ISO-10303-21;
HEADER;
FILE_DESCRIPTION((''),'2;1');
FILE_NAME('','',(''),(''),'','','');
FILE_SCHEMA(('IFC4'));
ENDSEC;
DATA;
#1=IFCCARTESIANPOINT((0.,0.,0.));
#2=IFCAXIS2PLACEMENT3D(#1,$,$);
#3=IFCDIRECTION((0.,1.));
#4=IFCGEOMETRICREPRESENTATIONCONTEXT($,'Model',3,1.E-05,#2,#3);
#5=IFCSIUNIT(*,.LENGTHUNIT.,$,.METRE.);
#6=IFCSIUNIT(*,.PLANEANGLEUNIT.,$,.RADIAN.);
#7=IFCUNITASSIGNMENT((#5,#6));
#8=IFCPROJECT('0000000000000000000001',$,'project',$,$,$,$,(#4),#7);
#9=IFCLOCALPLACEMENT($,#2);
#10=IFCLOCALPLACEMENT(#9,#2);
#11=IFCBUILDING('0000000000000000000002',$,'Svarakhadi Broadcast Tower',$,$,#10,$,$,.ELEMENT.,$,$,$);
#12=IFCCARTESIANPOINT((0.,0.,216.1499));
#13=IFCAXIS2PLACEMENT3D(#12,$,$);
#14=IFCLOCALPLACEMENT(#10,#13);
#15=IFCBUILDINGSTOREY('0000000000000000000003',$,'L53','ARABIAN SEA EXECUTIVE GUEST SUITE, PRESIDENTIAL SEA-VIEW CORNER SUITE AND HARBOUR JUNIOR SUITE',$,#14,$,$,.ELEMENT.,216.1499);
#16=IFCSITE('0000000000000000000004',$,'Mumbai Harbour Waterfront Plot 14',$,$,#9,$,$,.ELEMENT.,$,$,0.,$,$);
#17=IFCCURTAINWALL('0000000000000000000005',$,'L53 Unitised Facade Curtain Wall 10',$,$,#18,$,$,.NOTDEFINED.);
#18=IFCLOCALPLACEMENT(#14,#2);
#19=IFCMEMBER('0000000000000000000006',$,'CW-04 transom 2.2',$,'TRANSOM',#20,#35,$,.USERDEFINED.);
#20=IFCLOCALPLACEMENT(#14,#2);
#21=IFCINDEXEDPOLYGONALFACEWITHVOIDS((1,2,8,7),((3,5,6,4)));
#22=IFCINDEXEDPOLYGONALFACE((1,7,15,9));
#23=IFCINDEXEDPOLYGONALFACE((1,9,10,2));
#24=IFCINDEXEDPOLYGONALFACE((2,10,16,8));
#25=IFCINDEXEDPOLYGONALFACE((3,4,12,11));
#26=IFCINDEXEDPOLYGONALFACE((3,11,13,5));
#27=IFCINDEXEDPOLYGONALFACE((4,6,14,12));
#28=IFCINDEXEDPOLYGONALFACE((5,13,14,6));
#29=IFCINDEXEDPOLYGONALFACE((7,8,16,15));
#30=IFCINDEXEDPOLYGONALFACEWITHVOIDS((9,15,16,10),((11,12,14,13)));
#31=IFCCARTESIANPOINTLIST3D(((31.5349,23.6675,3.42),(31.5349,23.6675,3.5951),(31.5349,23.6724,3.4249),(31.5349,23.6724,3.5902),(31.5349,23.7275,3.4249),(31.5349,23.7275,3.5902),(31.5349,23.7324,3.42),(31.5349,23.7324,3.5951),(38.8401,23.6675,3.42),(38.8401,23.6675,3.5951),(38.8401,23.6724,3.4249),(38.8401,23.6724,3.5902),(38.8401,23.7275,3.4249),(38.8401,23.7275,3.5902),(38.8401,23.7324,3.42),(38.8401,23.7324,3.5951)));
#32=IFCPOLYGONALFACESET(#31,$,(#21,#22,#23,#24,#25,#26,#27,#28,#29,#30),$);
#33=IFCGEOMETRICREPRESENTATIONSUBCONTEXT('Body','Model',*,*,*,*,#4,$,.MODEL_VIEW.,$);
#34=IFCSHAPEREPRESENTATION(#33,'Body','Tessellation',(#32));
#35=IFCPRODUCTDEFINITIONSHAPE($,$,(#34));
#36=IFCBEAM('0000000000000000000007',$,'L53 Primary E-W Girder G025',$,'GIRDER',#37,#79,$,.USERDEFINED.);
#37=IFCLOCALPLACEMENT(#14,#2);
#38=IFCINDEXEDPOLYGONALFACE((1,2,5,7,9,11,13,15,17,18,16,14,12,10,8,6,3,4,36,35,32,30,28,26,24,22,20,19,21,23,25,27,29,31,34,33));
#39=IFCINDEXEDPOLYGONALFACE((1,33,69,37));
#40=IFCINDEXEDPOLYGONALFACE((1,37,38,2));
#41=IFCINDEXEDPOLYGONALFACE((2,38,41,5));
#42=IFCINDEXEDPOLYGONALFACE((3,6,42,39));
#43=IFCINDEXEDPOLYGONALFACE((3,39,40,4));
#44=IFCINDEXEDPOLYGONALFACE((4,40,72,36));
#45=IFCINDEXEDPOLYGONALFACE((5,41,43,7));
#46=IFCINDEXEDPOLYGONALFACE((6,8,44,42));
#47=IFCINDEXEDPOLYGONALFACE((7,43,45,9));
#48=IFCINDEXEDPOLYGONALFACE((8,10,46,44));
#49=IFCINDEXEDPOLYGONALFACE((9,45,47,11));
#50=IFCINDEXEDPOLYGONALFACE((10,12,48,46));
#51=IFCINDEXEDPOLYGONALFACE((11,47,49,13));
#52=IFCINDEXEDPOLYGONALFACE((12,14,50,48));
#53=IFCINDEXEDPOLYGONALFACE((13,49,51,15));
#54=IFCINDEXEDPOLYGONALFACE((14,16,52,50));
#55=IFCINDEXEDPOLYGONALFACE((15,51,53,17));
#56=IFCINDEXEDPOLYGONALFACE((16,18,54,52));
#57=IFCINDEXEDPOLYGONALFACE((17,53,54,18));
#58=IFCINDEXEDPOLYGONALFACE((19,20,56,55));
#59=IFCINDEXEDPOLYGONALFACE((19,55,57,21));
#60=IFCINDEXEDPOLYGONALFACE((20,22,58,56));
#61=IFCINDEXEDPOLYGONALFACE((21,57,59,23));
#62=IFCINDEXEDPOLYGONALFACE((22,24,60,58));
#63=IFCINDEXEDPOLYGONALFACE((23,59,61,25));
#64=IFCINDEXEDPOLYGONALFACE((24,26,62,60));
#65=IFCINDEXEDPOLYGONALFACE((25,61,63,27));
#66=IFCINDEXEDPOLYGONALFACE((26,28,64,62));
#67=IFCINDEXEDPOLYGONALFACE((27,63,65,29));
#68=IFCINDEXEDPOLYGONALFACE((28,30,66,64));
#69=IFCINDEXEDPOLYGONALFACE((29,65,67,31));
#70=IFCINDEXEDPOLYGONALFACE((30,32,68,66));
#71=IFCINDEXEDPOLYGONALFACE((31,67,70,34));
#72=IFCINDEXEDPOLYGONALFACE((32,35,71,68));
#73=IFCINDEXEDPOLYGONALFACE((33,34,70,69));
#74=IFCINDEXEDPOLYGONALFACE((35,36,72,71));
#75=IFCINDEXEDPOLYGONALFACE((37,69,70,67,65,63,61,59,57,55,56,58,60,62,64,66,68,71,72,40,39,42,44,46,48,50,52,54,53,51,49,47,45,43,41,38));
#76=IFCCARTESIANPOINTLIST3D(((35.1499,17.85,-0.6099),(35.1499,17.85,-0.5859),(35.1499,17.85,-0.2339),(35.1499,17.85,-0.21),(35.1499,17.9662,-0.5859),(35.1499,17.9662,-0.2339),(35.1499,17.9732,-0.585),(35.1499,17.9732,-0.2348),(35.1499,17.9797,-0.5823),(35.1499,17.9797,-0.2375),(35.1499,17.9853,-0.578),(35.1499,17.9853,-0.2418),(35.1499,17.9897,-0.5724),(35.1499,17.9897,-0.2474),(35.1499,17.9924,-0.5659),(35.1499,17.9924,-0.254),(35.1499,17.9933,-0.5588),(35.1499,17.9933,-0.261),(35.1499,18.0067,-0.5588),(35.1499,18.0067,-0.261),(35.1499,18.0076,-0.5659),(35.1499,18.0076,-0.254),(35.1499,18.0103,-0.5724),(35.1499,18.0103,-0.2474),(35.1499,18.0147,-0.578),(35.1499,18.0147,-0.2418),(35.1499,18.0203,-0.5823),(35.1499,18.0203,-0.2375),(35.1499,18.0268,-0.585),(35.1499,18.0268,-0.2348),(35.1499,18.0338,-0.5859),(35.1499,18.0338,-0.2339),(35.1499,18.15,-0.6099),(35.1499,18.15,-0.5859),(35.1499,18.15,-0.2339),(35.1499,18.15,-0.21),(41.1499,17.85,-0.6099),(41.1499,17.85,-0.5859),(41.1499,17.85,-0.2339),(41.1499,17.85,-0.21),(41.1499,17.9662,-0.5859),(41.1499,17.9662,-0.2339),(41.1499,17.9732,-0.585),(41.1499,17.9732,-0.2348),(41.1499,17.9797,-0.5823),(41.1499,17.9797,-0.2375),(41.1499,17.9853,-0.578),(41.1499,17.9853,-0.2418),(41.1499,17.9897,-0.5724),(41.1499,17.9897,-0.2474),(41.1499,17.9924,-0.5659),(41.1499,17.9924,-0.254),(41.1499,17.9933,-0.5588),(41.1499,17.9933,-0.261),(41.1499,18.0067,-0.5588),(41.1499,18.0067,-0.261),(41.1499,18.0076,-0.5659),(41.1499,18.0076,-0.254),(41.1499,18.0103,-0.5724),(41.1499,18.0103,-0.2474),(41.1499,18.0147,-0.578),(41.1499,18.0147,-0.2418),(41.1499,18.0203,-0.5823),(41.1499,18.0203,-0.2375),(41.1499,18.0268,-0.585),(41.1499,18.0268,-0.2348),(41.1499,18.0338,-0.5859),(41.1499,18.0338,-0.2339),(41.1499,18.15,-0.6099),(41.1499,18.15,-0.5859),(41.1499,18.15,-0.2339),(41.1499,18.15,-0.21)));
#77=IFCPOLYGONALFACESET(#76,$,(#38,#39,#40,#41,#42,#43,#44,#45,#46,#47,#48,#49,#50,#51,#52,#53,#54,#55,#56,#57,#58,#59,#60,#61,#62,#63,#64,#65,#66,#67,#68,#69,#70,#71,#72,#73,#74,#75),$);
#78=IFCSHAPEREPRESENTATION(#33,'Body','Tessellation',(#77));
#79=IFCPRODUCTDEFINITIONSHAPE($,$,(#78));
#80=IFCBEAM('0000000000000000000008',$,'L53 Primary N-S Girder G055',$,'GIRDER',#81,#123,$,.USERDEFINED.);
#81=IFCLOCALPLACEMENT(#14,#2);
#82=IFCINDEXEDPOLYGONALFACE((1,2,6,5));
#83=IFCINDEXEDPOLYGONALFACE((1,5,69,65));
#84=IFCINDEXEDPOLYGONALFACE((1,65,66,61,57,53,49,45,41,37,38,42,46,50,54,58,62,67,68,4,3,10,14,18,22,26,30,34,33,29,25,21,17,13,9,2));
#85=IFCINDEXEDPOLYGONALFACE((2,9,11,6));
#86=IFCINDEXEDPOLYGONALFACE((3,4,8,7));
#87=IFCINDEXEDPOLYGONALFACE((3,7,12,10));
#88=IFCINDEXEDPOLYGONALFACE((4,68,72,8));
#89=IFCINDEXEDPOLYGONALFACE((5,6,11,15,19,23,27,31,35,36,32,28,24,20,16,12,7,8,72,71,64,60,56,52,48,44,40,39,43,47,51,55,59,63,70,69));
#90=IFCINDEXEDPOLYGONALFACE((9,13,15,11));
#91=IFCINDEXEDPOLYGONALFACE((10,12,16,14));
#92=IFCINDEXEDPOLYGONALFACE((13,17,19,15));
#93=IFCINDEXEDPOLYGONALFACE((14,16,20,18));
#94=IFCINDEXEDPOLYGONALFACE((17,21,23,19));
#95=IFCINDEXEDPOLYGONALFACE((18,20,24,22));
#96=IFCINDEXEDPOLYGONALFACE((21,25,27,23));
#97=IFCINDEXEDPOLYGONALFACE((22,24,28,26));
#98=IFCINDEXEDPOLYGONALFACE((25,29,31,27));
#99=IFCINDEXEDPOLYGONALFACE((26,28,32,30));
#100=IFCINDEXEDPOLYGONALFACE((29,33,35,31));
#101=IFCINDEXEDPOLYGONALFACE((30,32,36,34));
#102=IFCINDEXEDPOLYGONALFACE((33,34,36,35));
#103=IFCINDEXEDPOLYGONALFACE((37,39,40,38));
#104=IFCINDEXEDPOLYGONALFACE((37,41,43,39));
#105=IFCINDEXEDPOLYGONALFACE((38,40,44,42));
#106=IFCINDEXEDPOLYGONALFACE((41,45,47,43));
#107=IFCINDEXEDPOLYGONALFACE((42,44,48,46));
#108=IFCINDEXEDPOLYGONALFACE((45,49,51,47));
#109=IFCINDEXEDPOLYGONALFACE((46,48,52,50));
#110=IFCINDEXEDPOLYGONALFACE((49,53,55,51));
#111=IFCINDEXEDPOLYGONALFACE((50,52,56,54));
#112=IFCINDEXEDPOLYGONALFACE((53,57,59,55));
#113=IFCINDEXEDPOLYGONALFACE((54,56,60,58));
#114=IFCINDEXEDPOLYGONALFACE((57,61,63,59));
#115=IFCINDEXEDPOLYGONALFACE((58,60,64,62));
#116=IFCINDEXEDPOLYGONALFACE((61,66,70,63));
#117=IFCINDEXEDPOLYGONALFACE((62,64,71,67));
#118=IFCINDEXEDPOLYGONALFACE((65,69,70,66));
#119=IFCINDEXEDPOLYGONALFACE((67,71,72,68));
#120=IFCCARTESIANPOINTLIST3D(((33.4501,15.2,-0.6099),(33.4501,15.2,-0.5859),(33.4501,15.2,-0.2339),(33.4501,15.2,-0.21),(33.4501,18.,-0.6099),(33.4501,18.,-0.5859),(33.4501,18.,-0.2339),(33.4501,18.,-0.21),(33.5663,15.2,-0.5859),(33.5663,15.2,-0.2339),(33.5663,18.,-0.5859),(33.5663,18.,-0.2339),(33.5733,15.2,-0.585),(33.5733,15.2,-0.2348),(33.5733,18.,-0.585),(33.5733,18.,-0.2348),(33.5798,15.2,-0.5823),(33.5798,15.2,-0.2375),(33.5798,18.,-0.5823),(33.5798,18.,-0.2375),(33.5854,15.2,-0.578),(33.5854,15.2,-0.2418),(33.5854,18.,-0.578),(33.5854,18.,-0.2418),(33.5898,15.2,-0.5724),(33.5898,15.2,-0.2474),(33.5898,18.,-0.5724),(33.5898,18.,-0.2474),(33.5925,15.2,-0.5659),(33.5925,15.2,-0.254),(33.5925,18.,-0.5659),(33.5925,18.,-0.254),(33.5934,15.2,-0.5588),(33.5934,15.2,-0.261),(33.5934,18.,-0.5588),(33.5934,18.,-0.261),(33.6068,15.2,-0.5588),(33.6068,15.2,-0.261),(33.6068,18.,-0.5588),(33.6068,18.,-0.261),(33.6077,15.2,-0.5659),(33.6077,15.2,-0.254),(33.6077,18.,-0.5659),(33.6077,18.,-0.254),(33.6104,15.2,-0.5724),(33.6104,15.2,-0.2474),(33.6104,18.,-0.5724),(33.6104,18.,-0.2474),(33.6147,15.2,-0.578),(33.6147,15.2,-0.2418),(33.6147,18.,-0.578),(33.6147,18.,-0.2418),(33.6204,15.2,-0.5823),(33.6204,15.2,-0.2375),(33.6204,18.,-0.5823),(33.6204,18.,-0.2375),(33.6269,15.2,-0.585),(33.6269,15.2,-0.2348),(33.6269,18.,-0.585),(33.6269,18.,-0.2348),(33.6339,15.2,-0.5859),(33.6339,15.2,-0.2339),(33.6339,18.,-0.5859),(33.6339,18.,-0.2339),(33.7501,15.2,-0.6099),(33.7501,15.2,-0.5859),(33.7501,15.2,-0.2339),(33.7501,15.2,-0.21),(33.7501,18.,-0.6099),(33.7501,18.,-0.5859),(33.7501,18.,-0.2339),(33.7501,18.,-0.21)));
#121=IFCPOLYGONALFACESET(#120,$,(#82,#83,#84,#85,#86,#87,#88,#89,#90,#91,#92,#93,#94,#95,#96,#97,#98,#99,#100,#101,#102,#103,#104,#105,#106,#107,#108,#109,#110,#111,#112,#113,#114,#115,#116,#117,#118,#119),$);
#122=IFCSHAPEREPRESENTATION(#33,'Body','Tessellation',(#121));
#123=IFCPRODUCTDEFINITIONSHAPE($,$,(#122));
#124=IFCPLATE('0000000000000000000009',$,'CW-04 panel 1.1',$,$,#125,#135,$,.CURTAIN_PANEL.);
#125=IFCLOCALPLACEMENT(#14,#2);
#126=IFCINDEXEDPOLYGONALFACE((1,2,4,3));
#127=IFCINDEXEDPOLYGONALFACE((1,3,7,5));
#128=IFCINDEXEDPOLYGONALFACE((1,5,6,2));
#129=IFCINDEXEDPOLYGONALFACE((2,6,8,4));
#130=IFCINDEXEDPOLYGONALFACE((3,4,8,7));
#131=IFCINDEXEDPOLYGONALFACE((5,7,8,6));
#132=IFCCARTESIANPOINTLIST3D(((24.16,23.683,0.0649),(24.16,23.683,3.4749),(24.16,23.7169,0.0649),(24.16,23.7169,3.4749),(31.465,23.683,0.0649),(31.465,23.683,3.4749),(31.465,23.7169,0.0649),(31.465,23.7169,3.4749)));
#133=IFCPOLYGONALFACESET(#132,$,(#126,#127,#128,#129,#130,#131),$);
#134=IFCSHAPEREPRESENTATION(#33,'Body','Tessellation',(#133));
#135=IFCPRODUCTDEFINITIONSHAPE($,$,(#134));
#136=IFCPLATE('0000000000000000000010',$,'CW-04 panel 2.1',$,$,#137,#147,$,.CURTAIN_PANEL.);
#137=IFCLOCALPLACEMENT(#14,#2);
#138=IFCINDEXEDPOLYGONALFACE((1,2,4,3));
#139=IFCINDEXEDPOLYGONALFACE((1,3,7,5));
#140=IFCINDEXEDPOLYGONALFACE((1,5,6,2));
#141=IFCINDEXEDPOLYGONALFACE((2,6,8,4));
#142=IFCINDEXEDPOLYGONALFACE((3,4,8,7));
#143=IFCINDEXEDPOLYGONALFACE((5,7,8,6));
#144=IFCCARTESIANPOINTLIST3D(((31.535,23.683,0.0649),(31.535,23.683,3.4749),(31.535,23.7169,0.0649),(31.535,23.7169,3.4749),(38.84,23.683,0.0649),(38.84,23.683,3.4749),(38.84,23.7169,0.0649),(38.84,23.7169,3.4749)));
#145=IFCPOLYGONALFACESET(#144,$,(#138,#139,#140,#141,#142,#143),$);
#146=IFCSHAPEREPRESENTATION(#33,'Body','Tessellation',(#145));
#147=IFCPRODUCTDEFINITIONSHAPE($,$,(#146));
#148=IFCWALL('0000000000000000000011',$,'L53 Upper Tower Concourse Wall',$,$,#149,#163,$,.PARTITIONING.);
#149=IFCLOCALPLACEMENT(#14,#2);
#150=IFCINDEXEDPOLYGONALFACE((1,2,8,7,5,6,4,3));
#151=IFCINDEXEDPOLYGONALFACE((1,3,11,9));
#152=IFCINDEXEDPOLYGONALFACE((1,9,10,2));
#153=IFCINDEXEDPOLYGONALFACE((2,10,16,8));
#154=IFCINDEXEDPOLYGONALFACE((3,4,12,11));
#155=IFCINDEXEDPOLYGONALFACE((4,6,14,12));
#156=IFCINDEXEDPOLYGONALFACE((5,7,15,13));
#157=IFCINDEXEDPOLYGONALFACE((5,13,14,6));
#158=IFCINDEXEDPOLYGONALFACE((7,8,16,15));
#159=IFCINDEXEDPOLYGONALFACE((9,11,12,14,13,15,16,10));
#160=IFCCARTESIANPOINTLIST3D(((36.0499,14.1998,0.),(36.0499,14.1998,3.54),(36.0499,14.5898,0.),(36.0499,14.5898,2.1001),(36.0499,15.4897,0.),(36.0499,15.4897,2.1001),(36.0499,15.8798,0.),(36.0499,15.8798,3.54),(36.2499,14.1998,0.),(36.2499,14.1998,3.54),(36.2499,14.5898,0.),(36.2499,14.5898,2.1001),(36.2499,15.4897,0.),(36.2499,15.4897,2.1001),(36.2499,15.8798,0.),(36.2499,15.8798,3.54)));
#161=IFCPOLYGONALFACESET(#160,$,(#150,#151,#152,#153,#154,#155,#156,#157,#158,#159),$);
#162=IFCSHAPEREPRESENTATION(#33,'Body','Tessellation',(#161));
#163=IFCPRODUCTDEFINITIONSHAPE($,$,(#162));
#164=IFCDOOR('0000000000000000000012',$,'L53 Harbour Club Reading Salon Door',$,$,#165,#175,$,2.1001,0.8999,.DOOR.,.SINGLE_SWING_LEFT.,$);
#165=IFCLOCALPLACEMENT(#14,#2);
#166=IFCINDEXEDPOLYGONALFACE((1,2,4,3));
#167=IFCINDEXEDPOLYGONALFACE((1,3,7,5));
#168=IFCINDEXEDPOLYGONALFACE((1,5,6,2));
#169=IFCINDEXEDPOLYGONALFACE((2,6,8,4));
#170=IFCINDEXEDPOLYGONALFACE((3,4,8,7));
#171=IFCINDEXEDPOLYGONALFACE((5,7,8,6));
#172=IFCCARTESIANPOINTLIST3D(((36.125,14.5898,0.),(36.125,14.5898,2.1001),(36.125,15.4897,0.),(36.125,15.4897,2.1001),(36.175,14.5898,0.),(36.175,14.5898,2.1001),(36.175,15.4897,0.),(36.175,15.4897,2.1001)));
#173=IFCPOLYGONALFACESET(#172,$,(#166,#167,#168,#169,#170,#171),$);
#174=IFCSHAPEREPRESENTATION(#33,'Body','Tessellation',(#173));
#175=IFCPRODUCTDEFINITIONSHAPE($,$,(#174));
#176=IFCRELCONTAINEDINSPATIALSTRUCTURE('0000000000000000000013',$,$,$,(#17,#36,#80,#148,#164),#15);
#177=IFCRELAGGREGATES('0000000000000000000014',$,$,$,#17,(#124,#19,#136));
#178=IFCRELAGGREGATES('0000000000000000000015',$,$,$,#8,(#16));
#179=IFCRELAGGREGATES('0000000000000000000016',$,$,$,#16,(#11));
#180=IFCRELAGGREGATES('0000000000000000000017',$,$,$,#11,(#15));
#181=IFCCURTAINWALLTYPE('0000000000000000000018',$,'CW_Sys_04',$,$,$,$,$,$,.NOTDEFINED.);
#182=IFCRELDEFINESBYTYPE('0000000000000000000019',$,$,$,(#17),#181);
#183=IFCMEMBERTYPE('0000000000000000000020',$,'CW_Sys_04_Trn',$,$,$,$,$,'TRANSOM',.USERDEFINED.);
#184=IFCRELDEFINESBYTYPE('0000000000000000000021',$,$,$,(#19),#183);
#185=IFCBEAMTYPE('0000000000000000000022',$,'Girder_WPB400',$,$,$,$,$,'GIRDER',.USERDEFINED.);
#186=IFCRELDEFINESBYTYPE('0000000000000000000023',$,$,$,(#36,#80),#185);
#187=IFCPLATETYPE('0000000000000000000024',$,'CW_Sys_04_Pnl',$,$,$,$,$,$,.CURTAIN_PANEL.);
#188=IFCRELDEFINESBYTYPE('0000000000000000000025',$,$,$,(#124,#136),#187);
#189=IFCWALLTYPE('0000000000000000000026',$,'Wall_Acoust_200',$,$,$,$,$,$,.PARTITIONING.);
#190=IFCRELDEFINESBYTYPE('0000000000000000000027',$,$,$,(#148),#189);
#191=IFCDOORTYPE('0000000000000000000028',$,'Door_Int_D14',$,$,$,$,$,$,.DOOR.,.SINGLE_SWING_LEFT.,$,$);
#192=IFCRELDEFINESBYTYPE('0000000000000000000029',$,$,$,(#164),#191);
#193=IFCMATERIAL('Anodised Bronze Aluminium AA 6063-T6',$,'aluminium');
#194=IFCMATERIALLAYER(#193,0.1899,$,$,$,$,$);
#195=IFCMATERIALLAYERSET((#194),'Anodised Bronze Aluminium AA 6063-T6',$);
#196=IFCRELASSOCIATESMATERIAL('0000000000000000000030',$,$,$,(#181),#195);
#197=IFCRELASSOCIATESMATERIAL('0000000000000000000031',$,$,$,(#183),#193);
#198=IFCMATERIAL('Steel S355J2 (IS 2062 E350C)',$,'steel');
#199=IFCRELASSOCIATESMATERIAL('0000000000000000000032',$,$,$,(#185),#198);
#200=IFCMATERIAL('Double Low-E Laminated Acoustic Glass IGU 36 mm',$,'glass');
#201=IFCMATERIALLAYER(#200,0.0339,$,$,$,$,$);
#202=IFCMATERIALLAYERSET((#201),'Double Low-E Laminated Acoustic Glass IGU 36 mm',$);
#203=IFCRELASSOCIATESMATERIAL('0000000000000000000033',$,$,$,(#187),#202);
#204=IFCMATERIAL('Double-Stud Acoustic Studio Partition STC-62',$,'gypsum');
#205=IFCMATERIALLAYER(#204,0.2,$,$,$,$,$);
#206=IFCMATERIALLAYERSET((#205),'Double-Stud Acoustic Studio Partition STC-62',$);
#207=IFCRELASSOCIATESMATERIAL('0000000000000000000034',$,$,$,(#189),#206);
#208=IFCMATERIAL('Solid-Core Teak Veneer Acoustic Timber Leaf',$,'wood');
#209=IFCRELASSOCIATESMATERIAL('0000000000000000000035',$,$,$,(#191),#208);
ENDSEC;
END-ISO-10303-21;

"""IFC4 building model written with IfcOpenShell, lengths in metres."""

from ifc_helpers import new_model, si_unit, direction, frame, frame_2d, origin, origin_2d, place, context, subcontext, project, spatial, rectangle, hollow_rectangle, i_section, extrude, material, layer, layer_set, material_profile, profile_set, type_object, element, fill, aggregate, save


model = new_model("IFC4")

# Units and contexts
model_context = context("Model", 3, precision=1e-05, world=origin(), true_north=direction((0.0, 1.0)))
body_context = subcontext(model_context, "Body", "Model", "MODEL_VIEW")
ifc_project = project(units=[si_unit("LENGTHUNIT", "METRE"), si_unit("PLANEANGLEUNIT", "RADIAN")], contexts=[model_context])

# Site, building, storey
site_placement = place(None, origin())
site = spatial("IfcSite", under=ifc_project, at=site_placement, Name="Mumbai Harbour Waterfront Plot 14", CompositionType="ELEMENT", RefElevation=0.0)
building_placement = place(site_placement, origin())
building = spatial("IfcBuilding", under=site, at=building_placement, Name="Svarakhadi Broadcast Tower", CompositionType="ELEMENT")
storey_placement = place(building_placement, frame((0.0, 0.0, 216.1499)))
storey = spatial("IfcBuildingStorey", under=building, at=storey_placement, Name="L53", Description="ARABIAN SEA EXECUTIVE GUEST SUITE, PRESIDENTIAL SEA-VIEW CORNER SUITE AND HARBOUR JUNIOR SUITE", CompositionType="ELEMENT", Elevation=216.1499)

# Shared definitions
ifc_material_1 = material(Name="Steel S355J2 (IS 2062 E350C)", Category="steel")

# Curtain wall, member
ifc_material_2 = material(Name="Anodised Bronze Aluminium AA 6063-T6", Category="aluminium")
ifc_layer_1 = layer(ifc_material_2, 0.1899)
ifc_layer_set_1 = layer_set([ifc_layer_1], Name="Anodised Bronze Aluminium AA 6063-T6")
curtain_wall_type = type_object("IfcCurtainWallType", Name="CW_Sys_04", PredefinedType="NOTDEFINED", material=ifc_layer_set_1)
curtain_wall_placement = place(storey_placement, origin())
curtain_wall = element("IfcCurtainWall", 1, at=curtain_wall_placement, inside=storey, type_object=curtain_wall_type, Name="L53 Unitised Facade Curtain Wall 10", PredefinedType="NOTDEFINED")
ifc_material_profile_1 = material_profile(ifc_material_2, hollow_rectangle(XDim=0.0649, YDim=0.175, WallThickness=0.0049, at=origin_2d()), Name="ALU TRANSOM 175x65x5")
ifc_profile_set_1 = profile_set([ifc_material_profile_1], Name="Anodised Bronze Aluminium AA 6063-T6")
member_type_1 = type_object("IfcMemberType", Name="CW_Sys_04_Trn", ElementType="TRANSOM", PredefinedType="USERDEFINED", material=ifc_profile_set_1)
member_1_placement = place(storey_placement, frame((31.5349, 23.7, 3.5076), z_axis=(1.0, 0.0, 0.0), x_axis=(0.0, 1.0, 0.0)))
member_1 = element("IfcMember", 2, at=member_1_placement, type_object=member_type_1, Name="CW-04 transom 2.2", ObjectType="TRANSOM", PredefinedType="USERDEFINED", context=body_context, shape_type="SweptSolid", body=[
    extrude(hollow_rectangle(XDim=0.0649, YDim=0.175, WallThickness=0.0049, at=origin_2d()), origin(), (0.0, 0.0, 1.0), 7.3052),
])

# Beams
ifc_material_profile_2 = material_profile(ifc_material_1, i_section(OverallWidth=0.3, OverallDepth=0.3999, WebThickness=0.0134, FlangeThickness=0.0239, FilletRadius=0.0271, at=origin_2d()), Name="WPB 400x300x155")
ifc_profile_set_2 = profile_set([ifc_material_profile_2], Name="Steel S355J2 (IS 2062 E350C)")
beam_type_1 = type_object("IfcBeamType", Name="Girder_WPB400", ElementType="GIRDER", PredefinedType="USERDEFINED", material=ifc_profile_set_2)
beam_1_placement = place(storey_placement, frame((35.1499, 18.0, -0.4099), z_axis=(1.0, 0.0, 0.0), x_axis=(0.0, 1.0, 0.0)))
element("IfcBeam", 3, at=beam_1_placement, inside=storey, type_object=beam_type_1, Name="L53 Primary E-W Girder G025", ObjectType="GIRDER", PredefinedType="USERDEFINED", context=body_context, shape_type="SweptSolid", body=[
    extrude(i_section(OverallWidth=0.3, OverallDepth=0.3999, WebThickness=0.0134, FlangeThickness=0.0239, FilletRadius=0.0271, at=origin_2d()), origin(), (0.0, 0.0, 1.0), 6.0),
])
beam_2_placement = place(storey_placement, frame((33.6001, 15.2, -0.4099), z_axis=(0.0, 1.0, 0.0), x_axis=(-1.0, 0.0, 0.0)))
element("IfcBeam", 4, at=beam_2_placement, inside=storey, type_object=beam_type_1, Name="L53 Primary N-S Girder G055", ObjectType="GIRDER", PredefinedType="USERDEFINED", context=body_context, shape_type="SweptSolid", body=[
    extrude(i_section(OverallWidth=0.3, OverallDepth=0.3999, WebThickness=0.0134, FlangeThickness=0.0239, FilletRadius=0.0271, at=origin_2d()), origin(), (0.0, 0.0, 1.0), 2.8),
])

# Plates
ifc_material_3 = material(Name="Double Low-E Laminated Acoustic Glass IGU 36 mm", Category="glass")
ifc_layer_2 = layer(ifc_material_3, 0.0339)
ifc_layer_set_2 = layer_set([ifc_layer_2], Name="Double Low-E Laminated Acoustic Glass IGU 36 mm")
plate_type = type_object("IfcPlateType", Name="CW_Sys_04_Pnl", PredefinedType="CURTAIN_PANEL", material=ifc_layer_set_2)
plate_1_placement = place(storey_placement, frame((27.8125, 23.7, 0.0649), z_axis=(0.0, 0.0, 1.0), x_axis=(1.0, 0.0, 0.0)))
plate_1 = element("IfcPlate", 5, at=plate_1_placement, type_object=plate_type, Name="CW-04 panel 1.1", PredefinedType="CURTAIN_PANEL", context=body_context, shape_type="SweptSolid", body=[
    extrude(rectangle(XDim=7.3049, YDim=0.0339, at=origin_2d()), origin(), (0.0, 0.0, 1.0), 3.4099),
])
plate_2_placement = place(storey_placement, frame((35.1875, 23.7, 0.0649), z_axis=(0.0, 0.0, 1.0), x_axis=(1.0, 0.0, 0.0)))
plate_2 = element("IfcPlate", 6, at=plate_2_placement, type_object=plate_type, Name="CW-04 panel 2.1", PredefinedType="CURTAIN_PANEL", context=body_context, shape_type="SweptSolid", body=[
    extrude(rectangle(XDim=7.3049, YDim=0.0339, at=origin_2d()), origin(), (0.0, 0.0, 1.0), 3.4099),
])
aggregate(curtain_wall, [plate_1, member_1, plate_2])

# Wall, opening, door
ifc_material_4 = material(Name="Double-Stud Acoustic Studio Partition STC-62", Category="gypsum")
ifc_layer_3 = layer(ifc_material_4, 0.2)
ifc_layer_set_3 = layer_set([ifc_layer_3], Name="Double-Stud Acoustic Studio Partition STC-62")
wall_type_1 = type_object("IfcWallType", Name="Wall_Acoust_200", PredefinedType="PARTITIONING", material=ifc_layer_set_3)
wall_1_placement = place(storey_placement, frame((36.1499, 14.2, 0.0), z_axis=(0.0, 0.0, 1.0), x_axis=(0.0, 1.0, 0.0)))
wall_1 = element("IfcWall", 7, at=wall_1_placement, inside=storey, type_object=wall_type_1, Name="L53 Upper Tower Concourse Wall", PredefinedType="PARTITIONING", context=body_context, shape_type="SweptSolid", body=[
    extrude(rectangle(XDim=1.6799, YDim=0.2, at=frame_2d((0.8398, 0.0))), origin(), (0.0, 0.0, 1.0), 3.54),
])
opening_1_placement = place(wall_1_placement, frame((0.3899, 0.0, 0.0)))
opening_1 = element("IfcOpeningElement", 8, at=opening_1_placement, cuts=wall_1, PredefinedType="OPENING", context=body_context, shape_type="SweptSolid", body=[
    extrude(rectangle(XDim=0.8999, YDim=2.1001, at=frame_2d((0.45, 1.05))), frame((0.0, 0.1099, 0.0), z_axis=(0.0, -1.0, 0.0), x_axis=(1.0, 0.0, 0.0)), (0.0, 0.0, 1.0), 0.22),
])
ifc_material_5 = material(Name="Solid-Core Teak Veneer Acoustic Timber Leaf", Category="wood")
door_type_1 = type_object("IfcDoorType", Name="Door_Int_D14", OperationType="SINGLE_SWING_LEFT", PredefinedType="DOOR", material=ifc_material_5)
door_1_placement = place(opening_1_placement, origin())
door_1 = element("IfcDoor", 9, at=door_1_placement, inside=storey, type_object=door_type_1, Name="L53 Harbour Club Reading Salon Door", OperationType="SINGLE_SWING_LEFT", OverallHeight=2.1001, OverallWidth=0.8999, PredefinedType="DOOR", context=body_context, shape_type="SweptSolid", body=[
    extrude(rectangle(XDim=0.8999, YDim=2.1001, at=frame_2d((0.45, 1.05))), frame((0.0, 0.0249, 0.0), z_axis=(0.0, -1.0, 0.0), x_axis=(1.0, 0.0, 0.0)), (0.0, 0.0, 1.0), 0.05),
])
fill(opening_1, door_1)

save(model, "model.ifc")
